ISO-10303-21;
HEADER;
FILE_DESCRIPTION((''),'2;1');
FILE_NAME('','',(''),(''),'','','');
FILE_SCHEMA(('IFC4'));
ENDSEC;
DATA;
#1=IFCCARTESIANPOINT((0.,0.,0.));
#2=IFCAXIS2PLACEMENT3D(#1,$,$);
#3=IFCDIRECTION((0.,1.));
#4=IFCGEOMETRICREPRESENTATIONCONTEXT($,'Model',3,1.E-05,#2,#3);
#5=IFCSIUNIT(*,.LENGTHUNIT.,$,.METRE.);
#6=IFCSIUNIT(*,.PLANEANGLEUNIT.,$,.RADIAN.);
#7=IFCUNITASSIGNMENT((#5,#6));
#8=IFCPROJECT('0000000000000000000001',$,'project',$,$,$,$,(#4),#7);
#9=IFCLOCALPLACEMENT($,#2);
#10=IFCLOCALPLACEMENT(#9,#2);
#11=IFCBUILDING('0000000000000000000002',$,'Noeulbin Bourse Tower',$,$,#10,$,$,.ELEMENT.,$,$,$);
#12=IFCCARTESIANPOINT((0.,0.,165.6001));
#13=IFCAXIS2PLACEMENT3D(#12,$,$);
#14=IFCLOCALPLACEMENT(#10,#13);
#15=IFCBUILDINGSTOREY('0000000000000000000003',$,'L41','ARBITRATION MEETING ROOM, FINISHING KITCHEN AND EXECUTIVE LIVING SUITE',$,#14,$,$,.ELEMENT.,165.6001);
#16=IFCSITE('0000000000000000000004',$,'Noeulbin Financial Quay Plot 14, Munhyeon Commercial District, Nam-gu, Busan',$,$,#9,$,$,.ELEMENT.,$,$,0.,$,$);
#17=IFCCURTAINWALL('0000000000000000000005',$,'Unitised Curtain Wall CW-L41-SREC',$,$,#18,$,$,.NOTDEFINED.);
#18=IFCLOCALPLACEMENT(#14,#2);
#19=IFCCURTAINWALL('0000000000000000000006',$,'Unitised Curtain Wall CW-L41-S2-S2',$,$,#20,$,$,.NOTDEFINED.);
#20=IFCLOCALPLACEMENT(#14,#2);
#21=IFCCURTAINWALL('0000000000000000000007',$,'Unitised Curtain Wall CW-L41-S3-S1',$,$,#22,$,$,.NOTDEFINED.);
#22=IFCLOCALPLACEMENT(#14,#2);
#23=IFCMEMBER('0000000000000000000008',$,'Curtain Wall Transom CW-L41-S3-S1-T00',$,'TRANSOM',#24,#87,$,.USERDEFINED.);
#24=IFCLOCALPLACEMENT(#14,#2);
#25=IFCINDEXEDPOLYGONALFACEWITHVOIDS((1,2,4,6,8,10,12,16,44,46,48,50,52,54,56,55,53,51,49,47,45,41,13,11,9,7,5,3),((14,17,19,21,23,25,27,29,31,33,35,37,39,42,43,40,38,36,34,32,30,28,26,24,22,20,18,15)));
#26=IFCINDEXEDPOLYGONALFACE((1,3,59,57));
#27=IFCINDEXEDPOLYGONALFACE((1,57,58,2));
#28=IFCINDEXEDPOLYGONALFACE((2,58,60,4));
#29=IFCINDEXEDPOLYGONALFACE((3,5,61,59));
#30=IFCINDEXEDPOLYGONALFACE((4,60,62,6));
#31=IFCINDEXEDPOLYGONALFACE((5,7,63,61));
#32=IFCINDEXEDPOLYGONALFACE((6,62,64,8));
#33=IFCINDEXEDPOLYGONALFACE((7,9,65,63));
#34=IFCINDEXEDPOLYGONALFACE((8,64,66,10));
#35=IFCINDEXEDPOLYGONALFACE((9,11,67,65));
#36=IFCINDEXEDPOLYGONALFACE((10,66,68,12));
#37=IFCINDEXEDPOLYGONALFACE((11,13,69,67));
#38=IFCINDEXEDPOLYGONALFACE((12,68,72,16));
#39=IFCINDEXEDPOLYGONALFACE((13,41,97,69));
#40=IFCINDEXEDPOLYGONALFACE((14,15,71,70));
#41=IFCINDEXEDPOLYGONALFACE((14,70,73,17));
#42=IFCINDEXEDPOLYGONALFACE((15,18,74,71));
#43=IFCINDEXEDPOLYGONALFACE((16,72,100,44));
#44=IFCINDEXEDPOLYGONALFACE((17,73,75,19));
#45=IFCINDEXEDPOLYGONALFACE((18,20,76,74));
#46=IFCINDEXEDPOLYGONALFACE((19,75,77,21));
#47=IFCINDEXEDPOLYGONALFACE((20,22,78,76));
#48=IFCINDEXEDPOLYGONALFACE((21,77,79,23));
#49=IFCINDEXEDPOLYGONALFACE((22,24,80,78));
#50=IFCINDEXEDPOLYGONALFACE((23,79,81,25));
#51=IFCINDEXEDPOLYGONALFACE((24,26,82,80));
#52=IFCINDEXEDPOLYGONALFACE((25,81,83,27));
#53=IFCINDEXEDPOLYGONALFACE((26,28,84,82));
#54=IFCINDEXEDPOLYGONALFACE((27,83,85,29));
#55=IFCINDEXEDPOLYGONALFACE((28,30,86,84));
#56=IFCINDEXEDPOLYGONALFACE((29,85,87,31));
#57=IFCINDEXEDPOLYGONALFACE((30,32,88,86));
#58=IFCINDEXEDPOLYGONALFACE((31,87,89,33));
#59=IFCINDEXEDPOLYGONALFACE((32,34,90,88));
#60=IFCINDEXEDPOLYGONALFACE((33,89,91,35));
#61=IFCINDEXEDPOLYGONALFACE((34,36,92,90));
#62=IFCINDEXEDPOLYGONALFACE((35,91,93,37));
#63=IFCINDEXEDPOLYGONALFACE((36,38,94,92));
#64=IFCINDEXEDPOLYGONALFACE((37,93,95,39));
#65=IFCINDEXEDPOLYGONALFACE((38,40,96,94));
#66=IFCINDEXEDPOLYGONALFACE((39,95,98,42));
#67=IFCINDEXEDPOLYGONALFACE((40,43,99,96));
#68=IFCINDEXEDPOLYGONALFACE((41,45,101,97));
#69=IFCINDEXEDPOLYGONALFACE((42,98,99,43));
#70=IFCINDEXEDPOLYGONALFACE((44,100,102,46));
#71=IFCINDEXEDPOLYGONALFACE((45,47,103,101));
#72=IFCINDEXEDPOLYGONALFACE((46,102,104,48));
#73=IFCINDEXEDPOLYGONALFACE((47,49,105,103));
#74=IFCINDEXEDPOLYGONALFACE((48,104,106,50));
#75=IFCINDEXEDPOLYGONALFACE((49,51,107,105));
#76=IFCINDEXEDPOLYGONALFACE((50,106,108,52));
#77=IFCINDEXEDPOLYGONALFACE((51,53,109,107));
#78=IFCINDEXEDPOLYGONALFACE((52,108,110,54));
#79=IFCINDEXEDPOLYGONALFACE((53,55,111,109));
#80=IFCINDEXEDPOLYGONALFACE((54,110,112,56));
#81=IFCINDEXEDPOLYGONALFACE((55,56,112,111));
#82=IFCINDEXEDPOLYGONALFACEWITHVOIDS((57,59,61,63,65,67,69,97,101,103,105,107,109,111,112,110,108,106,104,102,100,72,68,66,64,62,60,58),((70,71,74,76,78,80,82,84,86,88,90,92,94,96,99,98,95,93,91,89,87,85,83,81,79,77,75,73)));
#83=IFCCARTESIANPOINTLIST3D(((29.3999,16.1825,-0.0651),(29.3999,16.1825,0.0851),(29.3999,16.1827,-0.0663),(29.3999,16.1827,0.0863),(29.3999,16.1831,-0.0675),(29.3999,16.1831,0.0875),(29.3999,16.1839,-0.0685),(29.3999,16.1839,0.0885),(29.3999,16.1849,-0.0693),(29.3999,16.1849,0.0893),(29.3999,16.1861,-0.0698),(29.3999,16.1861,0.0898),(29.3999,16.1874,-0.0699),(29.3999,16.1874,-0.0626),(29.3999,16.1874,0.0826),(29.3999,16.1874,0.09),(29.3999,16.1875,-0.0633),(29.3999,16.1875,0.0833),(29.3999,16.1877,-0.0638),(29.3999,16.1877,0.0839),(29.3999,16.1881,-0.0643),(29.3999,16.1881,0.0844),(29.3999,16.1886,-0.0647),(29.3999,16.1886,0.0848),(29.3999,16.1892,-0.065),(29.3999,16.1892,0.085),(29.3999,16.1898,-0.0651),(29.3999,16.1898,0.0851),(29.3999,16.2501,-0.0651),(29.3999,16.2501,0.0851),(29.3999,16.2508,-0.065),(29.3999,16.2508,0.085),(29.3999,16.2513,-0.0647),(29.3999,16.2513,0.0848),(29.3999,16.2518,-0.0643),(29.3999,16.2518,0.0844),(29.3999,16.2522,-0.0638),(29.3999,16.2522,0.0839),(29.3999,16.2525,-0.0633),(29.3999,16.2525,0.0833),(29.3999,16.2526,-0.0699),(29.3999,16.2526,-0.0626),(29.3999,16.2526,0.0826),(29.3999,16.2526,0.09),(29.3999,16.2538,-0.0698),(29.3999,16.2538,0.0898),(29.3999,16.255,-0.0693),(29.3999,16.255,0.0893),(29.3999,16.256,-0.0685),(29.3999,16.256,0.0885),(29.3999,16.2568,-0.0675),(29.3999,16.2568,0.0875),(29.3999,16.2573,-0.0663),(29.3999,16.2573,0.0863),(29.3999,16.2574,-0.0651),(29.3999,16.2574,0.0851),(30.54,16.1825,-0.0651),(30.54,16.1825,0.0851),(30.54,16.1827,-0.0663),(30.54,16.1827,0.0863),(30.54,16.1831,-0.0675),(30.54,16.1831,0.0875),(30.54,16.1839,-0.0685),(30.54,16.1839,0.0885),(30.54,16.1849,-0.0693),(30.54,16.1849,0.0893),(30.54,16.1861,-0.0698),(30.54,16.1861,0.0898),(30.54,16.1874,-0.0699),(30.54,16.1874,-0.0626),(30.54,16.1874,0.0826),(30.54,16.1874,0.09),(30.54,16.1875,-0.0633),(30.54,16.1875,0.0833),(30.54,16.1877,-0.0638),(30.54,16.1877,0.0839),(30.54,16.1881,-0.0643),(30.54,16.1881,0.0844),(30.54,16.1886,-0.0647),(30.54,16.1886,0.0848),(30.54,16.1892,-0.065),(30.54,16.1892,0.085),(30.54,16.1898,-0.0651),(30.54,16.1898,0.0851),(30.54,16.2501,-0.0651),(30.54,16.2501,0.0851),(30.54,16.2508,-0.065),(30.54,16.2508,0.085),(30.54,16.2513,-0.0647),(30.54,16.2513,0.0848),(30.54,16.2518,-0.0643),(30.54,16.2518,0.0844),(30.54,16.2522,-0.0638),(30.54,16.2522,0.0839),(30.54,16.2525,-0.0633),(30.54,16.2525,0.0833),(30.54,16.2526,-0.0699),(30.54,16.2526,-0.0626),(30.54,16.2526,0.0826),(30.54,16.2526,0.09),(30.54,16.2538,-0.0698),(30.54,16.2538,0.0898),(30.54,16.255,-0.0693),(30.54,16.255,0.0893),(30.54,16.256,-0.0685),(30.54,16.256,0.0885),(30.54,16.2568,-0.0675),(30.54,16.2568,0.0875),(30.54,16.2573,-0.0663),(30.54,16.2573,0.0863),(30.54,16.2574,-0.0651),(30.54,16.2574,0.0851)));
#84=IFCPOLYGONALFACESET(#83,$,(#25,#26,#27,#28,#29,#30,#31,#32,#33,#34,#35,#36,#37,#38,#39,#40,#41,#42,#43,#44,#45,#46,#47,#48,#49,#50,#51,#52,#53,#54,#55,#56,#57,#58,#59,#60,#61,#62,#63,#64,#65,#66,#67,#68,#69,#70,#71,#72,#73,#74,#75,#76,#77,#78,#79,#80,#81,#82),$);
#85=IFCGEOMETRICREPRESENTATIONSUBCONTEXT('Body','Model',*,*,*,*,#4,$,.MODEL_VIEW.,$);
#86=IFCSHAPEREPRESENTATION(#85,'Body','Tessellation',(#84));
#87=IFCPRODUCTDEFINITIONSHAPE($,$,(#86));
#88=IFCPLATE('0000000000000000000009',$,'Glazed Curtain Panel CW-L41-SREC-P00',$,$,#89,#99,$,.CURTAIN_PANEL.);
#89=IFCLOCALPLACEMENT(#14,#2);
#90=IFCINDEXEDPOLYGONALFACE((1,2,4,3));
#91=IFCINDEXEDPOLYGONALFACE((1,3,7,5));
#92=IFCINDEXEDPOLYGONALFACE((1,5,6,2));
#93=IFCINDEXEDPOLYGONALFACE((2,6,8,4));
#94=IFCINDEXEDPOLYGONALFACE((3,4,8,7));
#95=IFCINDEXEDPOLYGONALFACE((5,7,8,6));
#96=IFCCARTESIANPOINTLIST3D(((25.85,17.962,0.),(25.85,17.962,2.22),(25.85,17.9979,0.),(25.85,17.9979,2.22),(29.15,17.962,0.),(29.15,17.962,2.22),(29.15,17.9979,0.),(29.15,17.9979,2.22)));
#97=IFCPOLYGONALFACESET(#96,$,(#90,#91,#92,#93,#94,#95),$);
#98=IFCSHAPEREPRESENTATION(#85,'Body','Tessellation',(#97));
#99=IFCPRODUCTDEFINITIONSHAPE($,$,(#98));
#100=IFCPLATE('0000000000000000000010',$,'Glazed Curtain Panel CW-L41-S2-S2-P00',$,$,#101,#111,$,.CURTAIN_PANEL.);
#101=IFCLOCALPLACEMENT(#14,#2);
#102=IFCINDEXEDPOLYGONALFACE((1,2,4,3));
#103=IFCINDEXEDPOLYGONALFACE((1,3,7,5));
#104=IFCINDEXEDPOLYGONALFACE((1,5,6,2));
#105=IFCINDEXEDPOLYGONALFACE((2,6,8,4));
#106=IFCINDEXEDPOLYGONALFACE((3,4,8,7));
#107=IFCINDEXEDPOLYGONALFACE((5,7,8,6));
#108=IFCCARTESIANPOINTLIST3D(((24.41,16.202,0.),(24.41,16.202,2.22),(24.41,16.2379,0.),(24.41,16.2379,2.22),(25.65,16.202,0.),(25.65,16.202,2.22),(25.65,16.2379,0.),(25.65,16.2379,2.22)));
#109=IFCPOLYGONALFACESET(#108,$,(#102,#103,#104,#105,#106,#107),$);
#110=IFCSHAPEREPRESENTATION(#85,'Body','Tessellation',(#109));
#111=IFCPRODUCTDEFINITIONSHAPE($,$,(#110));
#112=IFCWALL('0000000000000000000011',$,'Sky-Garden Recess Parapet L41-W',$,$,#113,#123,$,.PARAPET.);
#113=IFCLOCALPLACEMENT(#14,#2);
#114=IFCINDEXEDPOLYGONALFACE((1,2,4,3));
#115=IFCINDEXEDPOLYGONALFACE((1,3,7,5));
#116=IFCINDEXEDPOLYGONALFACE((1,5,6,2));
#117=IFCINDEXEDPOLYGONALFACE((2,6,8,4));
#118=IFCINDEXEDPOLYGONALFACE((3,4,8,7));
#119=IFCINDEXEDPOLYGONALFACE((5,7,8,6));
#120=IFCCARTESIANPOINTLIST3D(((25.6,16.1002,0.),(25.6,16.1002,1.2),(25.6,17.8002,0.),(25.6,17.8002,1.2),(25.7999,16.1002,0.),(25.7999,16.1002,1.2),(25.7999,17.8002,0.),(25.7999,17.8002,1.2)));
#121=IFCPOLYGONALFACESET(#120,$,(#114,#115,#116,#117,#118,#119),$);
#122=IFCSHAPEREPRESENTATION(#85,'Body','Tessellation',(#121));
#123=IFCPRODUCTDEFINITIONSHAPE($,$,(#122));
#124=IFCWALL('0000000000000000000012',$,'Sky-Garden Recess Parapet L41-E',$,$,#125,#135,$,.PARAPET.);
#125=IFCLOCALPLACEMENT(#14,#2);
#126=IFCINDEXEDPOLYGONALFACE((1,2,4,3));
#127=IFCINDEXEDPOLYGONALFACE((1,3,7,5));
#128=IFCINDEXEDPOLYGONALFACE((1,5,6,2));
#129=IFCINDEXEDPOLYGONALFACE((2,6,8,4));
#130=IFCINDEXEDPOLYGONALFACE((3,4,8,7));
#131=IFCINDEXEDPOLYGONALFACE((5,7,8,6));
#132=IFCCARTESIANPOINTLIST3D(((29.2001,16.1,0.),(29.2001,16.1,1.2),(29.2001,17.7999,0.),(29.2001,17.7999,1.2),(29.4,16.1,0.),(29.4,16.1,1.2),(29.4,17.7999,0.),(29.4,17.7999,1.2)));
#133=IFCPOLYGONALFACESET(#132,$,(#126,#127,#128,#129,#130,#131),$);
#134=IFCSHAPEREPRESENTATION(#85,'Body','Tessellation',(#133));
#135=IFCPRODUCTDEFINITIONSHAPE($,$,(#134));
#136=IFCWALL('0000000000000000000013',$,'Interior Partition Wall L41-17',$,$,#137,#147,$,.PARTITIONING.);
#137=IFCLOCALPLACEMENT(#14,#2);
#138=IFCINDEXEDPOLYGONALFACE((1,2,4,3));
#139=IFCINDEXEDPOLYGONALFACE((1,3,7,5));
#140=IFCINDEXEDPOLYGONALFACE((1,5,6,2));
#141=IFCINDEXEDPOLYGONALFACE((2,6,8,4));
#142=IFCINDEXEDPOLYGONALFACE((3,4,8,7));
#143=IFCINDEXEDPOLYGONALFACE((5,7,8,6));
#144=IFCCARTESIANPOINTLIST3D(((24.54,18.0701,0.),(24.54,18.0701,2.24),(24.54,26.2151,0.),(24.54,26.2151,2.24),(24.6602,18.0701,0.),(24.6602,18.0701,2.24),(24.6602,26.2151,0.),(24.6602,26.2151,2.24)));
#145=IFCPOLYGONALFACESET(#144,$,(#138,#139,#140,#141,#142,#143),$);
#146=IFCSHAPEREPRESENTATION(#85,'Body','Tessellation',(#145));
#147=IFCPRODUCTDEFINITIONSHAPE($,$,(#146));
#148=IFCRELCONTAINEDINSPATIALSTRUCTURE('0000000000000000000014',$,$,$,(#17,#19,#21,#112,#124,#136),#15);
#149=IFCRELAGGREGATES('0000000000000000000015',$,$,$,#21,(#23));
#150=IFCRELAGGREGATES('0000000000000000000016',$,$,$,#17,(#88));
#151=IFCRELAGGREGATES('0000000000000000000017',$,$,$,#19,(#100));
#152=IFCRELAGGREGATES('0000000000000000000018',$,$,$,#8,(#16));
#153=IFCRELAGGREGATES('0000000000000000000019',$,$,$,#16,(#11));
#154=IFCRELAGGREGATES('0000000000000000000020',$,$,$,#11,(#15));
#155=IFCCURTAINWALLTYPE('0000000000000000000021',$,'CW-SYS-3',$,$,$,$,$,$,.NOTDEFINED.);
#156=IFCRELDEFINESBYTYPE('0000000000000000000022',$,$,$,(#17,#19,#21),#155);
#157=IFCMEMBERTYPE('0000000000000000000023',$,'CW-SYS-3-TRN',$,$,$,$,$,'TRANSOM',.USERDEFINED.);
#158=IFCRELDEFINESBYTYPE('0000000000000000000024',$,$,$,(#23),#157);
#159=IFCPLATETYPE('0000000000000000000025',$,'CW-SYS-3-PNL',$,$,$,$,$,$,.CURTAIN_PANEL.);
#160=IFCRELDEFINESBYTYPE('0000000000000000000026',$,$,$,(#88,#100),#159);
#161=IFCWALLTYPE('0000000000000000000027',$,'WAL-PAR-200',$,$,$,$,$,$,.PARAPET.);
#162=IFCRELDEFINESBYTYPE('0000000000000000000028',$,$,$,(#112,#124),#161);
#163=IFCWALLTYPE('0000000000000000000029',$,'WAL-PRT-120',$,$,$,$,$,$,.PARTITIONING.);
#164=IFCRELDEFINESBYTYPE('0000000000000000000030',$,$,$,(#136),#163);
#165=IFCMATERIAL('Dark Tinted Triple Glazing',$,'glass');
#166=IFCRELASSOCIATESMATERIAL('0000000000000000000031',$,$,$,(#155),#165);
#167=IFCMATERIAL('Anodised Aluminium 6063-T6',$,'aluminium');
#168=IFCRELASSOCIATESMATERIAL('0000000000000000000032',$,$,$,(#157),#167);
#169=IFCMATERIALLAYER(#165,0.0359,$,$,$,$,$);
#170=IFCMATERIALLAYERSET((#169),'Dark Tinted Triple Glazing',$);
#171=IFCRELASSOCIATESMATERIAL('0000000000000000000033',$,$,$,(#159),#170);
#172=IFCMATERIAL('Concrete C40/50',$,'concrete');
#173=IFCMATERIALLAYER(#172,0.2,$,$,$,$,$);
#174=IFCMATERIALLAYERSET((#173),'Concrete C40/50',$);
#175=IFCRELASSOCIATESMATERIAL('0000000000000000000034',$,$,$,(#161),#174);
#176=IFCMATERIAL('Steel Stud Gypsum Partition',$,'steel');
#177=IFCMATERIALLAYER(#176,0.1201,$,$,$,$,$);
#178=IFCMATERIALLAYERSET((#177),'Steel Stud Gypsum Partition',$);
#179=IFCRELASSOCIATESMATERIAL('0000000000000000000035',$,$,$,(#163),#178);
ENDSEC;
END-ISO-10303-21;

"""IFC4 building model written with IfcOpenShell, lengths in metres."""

from ifc_helpers import new_model, si_unit, direction, frame, frame_2d, origin, origin_2d, place, context, subcontext, project, spatial, rectangle, hollow_rectangle, extrude, material, layer, layer_set, material_profile, profile_set, type_object, element, aggregate, save


model = new_model("IFC4")

# Units and contexts
model_context = context("Model", 3, precision=1e-05, world=origin(), true_north=direction((0.0, 1.0)))
body_context = subcontext(model_context, "Body", "Model", "MODEL_VIEW")
ifc_project = project(units=[si_unit("LENGTHUNIT", "METRE"), si_unit("PLANEANGLEUNIT", "RADIAN")], contexts=[model_context])

# Site, building, storey
site_placement = place(None, origin())
site = spatial("IfcSite", under=ifc_project, at=site_placement, Name="Noeulbin Financial Quay Plot 14, Munhyeon Commercial District, Nam-gu, Busan", CompositionType="ELEMENT", RefElevation=0.0)
building_placement = place(site_placement, origin())
building = spatial("IfcBuilding", under=site, at=building_placement, Name="Noeulbin Bourse Tower", CompositionType="ELEMENT")
storey_placement = place(building_placement, frame((0.0, 0.0, 165.6001)))
storey = spatial("IfcBuildingStorey", under=building, at=storey_placement, Name="L41", Description="ARBITRATION MEETING ROOM, FINISHING KITCHEN AND EXECUTIVE LIVING SUITE", CompositionType="ELEMENT", Elevation=165.6001)

# Curtain wall
ifc_material_1 = material(Name="Dark Tinted Triple Glazing", Category="glass")
curtain_wall_type = type_object("IfcCurtainWallType", Name="CW-SYS-3", PredefinedType="NOTDEFINED", material=ifc_material_1)
curtain_wall_1_placement = place(storey_placement, origin())
curtain_wall_1 = element("IfcCurtainWall", 1, at=curtain_wall_1_placement, inside=storey, type_object=curtain_wall_type, Name="Unitised Curtain Wall CW-L41-SREC", PredefinedType="NOTDEFINED")
ifc_material_2 = material(Name="Anodised Aluminium 6063-T6", Category="aluminium")

# Curtain walls
curtain_wall_2_placement = place(storey_placement, origin())
curtain_wall_2 = element("IfcCurtainWall", 2, at=curtain_wall_2_placement, inside=storey, type_object=curtain_wall_type, Name="Unitised Curtain Wall CW-L41-S2-S2", PredefinedType="NOTDEFINED")
curtain_wall_3_placement = place(storey_placement, origin())
curtain_wall_3 = element("IfcCurtainWall", 3, at=curtain_wall_3_placement, inside=storey, type_object=curtain_wall_type, Name="Unitised Curtain Wall CW-L41-S3-S1", PredefinedType="NOTDEFINED")

# Member
ifc_material_profile_1 = material_profile(ifc_material_2, hollow_rectangle(XDim=0.075, YDim=0.1599, WallThickness=0.0049, InnerFilletRadius=0.0024, OuterFilletRadius=0.0049, at=origin_2d()), Name="ALU-TRAN-75x160x5", Category="LoadBearing")
ifc_profile_set_1 = profile_set([ifc_material_profile_1], Name="Anodised Aluminium 6063-T6")
member_type_1 = type_object("IfcMemberType", Name="CW-SYS-3-TRN", ElementType="TRANSOM", PredefinedType="USERDEFINED", material=ifc_profile_set_1)
member_1_placement = place(storey_placement, frame((29.3999, 16.22, 0.01), z_axis=(1.0, 0.0, 0.0), x_axis=(0.0, 1.0, 0.0)))
member_1 = element("IfcMember", 4, at=member_1_placement, type_object=member_type_1, Name="Curtain Wall Transom CW-L41-S3-S1-T00", ObjectType="TRANSOM", PredefinedType="USERDEFINED", context=body_context, shape_type="SweptSolid", body=[
    extrude(hollow_rectangle(XDim=0.075, YDim=0.1599, WallThickness=0.0049, InnerFilletRadius=0.0024, OuterFilletRadius=0.0049, at=origin_2d()), origin(), (0.0, 0.0, 1.0), 1.1401),
])
aggregate(curtain_wall_3, [member_1])

# Plates
ifc_layer_1 = layer(ifc_material_1, 0.0359)
ifc_layer_set_1 = layer_set([ifc_layer_1], Name="Dark Tinted Triple Glazing")
plate_type = type_object("IfcPlateType", Name="CW-SYS-3-PNL", PredefinedType="CURTAIN_PANEL", material=ifc_layer_set_1)
plate_1_placement = place(storey_placement, frame((27.5, 17.98, 0.0), z_axis=(0.0, 0.0, 1.0), x_axis=(1.0, 0.0, 0.0)))
plate_1 = element("IfcPlate", 5, at=plate_1_placement, type_object=plate_type, Name="Glazed Curtain Panel CW-L41-SREC-P00", PredefinedType="CURTAIN_PANEL", context=body_context, shape_type="SweptSolid", body=[
    extrude(rectangle(XDim=3.3, YDim=0.0359, at=origin_2d()), origin(), (0.0, 0.0, 1.0), 2.22),
])
aggregate(curtain_wall_1, [plate_1])
plate_2_placement = place(storey_placement, frame((25.03, 16.22, 0.0), z_axis=(0.0, 0.0, 1.0), x_axis=(1.0, 0.0, 0.0)))
plate_2 = element("IfcPlate", 6, at=plate_2_placement, type_object=plate_type, Name="Glazed Curtain Panel CW-L41-S2-S2-P00", PredefinedType="CURTAIN_PANEL", context=body_context, shape_type="SweptSolid", body=[
    extrude(rectangle(XDim=1.24, YDim=0.0359, at=origin_2d()), origin(), (0.0, 0.0, 1.0), 2.22),
])
aggregate(curtain_wall_2, [plate_2])

# Walls
ifc_material_3 = material(Name="Concrete C40/50", Category="concrete")
ifc_layer_2 = layer(ifc_material_3, 0.2)
ifc_layer_set_2 = layer_set([ifc_layer_2], Name="Concrete C40/50")
wall_type_1 = type_object("IfcWallType", Name="WAL-PAR-200", PredefinedType="PARAPET", material=ifc_layer_set_2)
for number, where, z_axis, x_axis, name in (
    (7, (25.7, 16.1001, 0.0), (0.0, 0.0, 1.0), (0.0, 1.0, 0.0), "Sky-Garden Recess Parapet L41-W"),
    (8, (29.3, 17.8, 0.0), (0.0, 0.0, 1.0), (0.0, -1.0, 0.0), "Sky-Garden Recess Parapet L41-E"),
):
    element("IfcWall", number, at=place(storey_placement, frame(where, z_axis=z_axis, x_axis=x_axis)), inside=storey, type_object=wall_type_1, Name=name, PredefinedType="PARAPET", context=body_context, shape_type="SweptSolid", body=[
        extrude(rectangle(XDim=1.7, YDim=0.2, at=frame_2d((0.8501, 0.0))), origin(), (0.0, 0.0, 1.0), 1.2),
    ])
ifc_material_4 = material(Name="Steel Stud Gypsum Partition", Category="steel")
ifc_layer_3 = layer(ifc_material_4, 0.1201)
ifc_layer_set_3 = layer_set([ifc_layer_3], Name="Steel Stud Gypsum Partition")
wall_type_2 = type_object("IfcWallType", Name="WAL-PRT-120", PredefinedType="PARTITIONING", material=ifc_layer_set_3)
wall_placement = place(storey_placement, frame((24.6001, 18.0701, 0.0), z_axis=(0.0, 0.0, 1.0), x_axis=(0.0, 1.0, 0.0)))
element("IfcWall", 9, at=wall_placement, inside=storey, type_object=wall_type_2, Name="Interior Partition Wall L41-17", PredefinedType="PARTITIONING", context=body_context, shape_type="SweptSolid", body=[
    extrude(rectangle(XDim=8.145, YDim=0.1201, at=frame_2d((4.0725, 0.0))), origin(), (0.0, 0.0, 1.0), 2.24),
])

save(model, "model.ifc")
